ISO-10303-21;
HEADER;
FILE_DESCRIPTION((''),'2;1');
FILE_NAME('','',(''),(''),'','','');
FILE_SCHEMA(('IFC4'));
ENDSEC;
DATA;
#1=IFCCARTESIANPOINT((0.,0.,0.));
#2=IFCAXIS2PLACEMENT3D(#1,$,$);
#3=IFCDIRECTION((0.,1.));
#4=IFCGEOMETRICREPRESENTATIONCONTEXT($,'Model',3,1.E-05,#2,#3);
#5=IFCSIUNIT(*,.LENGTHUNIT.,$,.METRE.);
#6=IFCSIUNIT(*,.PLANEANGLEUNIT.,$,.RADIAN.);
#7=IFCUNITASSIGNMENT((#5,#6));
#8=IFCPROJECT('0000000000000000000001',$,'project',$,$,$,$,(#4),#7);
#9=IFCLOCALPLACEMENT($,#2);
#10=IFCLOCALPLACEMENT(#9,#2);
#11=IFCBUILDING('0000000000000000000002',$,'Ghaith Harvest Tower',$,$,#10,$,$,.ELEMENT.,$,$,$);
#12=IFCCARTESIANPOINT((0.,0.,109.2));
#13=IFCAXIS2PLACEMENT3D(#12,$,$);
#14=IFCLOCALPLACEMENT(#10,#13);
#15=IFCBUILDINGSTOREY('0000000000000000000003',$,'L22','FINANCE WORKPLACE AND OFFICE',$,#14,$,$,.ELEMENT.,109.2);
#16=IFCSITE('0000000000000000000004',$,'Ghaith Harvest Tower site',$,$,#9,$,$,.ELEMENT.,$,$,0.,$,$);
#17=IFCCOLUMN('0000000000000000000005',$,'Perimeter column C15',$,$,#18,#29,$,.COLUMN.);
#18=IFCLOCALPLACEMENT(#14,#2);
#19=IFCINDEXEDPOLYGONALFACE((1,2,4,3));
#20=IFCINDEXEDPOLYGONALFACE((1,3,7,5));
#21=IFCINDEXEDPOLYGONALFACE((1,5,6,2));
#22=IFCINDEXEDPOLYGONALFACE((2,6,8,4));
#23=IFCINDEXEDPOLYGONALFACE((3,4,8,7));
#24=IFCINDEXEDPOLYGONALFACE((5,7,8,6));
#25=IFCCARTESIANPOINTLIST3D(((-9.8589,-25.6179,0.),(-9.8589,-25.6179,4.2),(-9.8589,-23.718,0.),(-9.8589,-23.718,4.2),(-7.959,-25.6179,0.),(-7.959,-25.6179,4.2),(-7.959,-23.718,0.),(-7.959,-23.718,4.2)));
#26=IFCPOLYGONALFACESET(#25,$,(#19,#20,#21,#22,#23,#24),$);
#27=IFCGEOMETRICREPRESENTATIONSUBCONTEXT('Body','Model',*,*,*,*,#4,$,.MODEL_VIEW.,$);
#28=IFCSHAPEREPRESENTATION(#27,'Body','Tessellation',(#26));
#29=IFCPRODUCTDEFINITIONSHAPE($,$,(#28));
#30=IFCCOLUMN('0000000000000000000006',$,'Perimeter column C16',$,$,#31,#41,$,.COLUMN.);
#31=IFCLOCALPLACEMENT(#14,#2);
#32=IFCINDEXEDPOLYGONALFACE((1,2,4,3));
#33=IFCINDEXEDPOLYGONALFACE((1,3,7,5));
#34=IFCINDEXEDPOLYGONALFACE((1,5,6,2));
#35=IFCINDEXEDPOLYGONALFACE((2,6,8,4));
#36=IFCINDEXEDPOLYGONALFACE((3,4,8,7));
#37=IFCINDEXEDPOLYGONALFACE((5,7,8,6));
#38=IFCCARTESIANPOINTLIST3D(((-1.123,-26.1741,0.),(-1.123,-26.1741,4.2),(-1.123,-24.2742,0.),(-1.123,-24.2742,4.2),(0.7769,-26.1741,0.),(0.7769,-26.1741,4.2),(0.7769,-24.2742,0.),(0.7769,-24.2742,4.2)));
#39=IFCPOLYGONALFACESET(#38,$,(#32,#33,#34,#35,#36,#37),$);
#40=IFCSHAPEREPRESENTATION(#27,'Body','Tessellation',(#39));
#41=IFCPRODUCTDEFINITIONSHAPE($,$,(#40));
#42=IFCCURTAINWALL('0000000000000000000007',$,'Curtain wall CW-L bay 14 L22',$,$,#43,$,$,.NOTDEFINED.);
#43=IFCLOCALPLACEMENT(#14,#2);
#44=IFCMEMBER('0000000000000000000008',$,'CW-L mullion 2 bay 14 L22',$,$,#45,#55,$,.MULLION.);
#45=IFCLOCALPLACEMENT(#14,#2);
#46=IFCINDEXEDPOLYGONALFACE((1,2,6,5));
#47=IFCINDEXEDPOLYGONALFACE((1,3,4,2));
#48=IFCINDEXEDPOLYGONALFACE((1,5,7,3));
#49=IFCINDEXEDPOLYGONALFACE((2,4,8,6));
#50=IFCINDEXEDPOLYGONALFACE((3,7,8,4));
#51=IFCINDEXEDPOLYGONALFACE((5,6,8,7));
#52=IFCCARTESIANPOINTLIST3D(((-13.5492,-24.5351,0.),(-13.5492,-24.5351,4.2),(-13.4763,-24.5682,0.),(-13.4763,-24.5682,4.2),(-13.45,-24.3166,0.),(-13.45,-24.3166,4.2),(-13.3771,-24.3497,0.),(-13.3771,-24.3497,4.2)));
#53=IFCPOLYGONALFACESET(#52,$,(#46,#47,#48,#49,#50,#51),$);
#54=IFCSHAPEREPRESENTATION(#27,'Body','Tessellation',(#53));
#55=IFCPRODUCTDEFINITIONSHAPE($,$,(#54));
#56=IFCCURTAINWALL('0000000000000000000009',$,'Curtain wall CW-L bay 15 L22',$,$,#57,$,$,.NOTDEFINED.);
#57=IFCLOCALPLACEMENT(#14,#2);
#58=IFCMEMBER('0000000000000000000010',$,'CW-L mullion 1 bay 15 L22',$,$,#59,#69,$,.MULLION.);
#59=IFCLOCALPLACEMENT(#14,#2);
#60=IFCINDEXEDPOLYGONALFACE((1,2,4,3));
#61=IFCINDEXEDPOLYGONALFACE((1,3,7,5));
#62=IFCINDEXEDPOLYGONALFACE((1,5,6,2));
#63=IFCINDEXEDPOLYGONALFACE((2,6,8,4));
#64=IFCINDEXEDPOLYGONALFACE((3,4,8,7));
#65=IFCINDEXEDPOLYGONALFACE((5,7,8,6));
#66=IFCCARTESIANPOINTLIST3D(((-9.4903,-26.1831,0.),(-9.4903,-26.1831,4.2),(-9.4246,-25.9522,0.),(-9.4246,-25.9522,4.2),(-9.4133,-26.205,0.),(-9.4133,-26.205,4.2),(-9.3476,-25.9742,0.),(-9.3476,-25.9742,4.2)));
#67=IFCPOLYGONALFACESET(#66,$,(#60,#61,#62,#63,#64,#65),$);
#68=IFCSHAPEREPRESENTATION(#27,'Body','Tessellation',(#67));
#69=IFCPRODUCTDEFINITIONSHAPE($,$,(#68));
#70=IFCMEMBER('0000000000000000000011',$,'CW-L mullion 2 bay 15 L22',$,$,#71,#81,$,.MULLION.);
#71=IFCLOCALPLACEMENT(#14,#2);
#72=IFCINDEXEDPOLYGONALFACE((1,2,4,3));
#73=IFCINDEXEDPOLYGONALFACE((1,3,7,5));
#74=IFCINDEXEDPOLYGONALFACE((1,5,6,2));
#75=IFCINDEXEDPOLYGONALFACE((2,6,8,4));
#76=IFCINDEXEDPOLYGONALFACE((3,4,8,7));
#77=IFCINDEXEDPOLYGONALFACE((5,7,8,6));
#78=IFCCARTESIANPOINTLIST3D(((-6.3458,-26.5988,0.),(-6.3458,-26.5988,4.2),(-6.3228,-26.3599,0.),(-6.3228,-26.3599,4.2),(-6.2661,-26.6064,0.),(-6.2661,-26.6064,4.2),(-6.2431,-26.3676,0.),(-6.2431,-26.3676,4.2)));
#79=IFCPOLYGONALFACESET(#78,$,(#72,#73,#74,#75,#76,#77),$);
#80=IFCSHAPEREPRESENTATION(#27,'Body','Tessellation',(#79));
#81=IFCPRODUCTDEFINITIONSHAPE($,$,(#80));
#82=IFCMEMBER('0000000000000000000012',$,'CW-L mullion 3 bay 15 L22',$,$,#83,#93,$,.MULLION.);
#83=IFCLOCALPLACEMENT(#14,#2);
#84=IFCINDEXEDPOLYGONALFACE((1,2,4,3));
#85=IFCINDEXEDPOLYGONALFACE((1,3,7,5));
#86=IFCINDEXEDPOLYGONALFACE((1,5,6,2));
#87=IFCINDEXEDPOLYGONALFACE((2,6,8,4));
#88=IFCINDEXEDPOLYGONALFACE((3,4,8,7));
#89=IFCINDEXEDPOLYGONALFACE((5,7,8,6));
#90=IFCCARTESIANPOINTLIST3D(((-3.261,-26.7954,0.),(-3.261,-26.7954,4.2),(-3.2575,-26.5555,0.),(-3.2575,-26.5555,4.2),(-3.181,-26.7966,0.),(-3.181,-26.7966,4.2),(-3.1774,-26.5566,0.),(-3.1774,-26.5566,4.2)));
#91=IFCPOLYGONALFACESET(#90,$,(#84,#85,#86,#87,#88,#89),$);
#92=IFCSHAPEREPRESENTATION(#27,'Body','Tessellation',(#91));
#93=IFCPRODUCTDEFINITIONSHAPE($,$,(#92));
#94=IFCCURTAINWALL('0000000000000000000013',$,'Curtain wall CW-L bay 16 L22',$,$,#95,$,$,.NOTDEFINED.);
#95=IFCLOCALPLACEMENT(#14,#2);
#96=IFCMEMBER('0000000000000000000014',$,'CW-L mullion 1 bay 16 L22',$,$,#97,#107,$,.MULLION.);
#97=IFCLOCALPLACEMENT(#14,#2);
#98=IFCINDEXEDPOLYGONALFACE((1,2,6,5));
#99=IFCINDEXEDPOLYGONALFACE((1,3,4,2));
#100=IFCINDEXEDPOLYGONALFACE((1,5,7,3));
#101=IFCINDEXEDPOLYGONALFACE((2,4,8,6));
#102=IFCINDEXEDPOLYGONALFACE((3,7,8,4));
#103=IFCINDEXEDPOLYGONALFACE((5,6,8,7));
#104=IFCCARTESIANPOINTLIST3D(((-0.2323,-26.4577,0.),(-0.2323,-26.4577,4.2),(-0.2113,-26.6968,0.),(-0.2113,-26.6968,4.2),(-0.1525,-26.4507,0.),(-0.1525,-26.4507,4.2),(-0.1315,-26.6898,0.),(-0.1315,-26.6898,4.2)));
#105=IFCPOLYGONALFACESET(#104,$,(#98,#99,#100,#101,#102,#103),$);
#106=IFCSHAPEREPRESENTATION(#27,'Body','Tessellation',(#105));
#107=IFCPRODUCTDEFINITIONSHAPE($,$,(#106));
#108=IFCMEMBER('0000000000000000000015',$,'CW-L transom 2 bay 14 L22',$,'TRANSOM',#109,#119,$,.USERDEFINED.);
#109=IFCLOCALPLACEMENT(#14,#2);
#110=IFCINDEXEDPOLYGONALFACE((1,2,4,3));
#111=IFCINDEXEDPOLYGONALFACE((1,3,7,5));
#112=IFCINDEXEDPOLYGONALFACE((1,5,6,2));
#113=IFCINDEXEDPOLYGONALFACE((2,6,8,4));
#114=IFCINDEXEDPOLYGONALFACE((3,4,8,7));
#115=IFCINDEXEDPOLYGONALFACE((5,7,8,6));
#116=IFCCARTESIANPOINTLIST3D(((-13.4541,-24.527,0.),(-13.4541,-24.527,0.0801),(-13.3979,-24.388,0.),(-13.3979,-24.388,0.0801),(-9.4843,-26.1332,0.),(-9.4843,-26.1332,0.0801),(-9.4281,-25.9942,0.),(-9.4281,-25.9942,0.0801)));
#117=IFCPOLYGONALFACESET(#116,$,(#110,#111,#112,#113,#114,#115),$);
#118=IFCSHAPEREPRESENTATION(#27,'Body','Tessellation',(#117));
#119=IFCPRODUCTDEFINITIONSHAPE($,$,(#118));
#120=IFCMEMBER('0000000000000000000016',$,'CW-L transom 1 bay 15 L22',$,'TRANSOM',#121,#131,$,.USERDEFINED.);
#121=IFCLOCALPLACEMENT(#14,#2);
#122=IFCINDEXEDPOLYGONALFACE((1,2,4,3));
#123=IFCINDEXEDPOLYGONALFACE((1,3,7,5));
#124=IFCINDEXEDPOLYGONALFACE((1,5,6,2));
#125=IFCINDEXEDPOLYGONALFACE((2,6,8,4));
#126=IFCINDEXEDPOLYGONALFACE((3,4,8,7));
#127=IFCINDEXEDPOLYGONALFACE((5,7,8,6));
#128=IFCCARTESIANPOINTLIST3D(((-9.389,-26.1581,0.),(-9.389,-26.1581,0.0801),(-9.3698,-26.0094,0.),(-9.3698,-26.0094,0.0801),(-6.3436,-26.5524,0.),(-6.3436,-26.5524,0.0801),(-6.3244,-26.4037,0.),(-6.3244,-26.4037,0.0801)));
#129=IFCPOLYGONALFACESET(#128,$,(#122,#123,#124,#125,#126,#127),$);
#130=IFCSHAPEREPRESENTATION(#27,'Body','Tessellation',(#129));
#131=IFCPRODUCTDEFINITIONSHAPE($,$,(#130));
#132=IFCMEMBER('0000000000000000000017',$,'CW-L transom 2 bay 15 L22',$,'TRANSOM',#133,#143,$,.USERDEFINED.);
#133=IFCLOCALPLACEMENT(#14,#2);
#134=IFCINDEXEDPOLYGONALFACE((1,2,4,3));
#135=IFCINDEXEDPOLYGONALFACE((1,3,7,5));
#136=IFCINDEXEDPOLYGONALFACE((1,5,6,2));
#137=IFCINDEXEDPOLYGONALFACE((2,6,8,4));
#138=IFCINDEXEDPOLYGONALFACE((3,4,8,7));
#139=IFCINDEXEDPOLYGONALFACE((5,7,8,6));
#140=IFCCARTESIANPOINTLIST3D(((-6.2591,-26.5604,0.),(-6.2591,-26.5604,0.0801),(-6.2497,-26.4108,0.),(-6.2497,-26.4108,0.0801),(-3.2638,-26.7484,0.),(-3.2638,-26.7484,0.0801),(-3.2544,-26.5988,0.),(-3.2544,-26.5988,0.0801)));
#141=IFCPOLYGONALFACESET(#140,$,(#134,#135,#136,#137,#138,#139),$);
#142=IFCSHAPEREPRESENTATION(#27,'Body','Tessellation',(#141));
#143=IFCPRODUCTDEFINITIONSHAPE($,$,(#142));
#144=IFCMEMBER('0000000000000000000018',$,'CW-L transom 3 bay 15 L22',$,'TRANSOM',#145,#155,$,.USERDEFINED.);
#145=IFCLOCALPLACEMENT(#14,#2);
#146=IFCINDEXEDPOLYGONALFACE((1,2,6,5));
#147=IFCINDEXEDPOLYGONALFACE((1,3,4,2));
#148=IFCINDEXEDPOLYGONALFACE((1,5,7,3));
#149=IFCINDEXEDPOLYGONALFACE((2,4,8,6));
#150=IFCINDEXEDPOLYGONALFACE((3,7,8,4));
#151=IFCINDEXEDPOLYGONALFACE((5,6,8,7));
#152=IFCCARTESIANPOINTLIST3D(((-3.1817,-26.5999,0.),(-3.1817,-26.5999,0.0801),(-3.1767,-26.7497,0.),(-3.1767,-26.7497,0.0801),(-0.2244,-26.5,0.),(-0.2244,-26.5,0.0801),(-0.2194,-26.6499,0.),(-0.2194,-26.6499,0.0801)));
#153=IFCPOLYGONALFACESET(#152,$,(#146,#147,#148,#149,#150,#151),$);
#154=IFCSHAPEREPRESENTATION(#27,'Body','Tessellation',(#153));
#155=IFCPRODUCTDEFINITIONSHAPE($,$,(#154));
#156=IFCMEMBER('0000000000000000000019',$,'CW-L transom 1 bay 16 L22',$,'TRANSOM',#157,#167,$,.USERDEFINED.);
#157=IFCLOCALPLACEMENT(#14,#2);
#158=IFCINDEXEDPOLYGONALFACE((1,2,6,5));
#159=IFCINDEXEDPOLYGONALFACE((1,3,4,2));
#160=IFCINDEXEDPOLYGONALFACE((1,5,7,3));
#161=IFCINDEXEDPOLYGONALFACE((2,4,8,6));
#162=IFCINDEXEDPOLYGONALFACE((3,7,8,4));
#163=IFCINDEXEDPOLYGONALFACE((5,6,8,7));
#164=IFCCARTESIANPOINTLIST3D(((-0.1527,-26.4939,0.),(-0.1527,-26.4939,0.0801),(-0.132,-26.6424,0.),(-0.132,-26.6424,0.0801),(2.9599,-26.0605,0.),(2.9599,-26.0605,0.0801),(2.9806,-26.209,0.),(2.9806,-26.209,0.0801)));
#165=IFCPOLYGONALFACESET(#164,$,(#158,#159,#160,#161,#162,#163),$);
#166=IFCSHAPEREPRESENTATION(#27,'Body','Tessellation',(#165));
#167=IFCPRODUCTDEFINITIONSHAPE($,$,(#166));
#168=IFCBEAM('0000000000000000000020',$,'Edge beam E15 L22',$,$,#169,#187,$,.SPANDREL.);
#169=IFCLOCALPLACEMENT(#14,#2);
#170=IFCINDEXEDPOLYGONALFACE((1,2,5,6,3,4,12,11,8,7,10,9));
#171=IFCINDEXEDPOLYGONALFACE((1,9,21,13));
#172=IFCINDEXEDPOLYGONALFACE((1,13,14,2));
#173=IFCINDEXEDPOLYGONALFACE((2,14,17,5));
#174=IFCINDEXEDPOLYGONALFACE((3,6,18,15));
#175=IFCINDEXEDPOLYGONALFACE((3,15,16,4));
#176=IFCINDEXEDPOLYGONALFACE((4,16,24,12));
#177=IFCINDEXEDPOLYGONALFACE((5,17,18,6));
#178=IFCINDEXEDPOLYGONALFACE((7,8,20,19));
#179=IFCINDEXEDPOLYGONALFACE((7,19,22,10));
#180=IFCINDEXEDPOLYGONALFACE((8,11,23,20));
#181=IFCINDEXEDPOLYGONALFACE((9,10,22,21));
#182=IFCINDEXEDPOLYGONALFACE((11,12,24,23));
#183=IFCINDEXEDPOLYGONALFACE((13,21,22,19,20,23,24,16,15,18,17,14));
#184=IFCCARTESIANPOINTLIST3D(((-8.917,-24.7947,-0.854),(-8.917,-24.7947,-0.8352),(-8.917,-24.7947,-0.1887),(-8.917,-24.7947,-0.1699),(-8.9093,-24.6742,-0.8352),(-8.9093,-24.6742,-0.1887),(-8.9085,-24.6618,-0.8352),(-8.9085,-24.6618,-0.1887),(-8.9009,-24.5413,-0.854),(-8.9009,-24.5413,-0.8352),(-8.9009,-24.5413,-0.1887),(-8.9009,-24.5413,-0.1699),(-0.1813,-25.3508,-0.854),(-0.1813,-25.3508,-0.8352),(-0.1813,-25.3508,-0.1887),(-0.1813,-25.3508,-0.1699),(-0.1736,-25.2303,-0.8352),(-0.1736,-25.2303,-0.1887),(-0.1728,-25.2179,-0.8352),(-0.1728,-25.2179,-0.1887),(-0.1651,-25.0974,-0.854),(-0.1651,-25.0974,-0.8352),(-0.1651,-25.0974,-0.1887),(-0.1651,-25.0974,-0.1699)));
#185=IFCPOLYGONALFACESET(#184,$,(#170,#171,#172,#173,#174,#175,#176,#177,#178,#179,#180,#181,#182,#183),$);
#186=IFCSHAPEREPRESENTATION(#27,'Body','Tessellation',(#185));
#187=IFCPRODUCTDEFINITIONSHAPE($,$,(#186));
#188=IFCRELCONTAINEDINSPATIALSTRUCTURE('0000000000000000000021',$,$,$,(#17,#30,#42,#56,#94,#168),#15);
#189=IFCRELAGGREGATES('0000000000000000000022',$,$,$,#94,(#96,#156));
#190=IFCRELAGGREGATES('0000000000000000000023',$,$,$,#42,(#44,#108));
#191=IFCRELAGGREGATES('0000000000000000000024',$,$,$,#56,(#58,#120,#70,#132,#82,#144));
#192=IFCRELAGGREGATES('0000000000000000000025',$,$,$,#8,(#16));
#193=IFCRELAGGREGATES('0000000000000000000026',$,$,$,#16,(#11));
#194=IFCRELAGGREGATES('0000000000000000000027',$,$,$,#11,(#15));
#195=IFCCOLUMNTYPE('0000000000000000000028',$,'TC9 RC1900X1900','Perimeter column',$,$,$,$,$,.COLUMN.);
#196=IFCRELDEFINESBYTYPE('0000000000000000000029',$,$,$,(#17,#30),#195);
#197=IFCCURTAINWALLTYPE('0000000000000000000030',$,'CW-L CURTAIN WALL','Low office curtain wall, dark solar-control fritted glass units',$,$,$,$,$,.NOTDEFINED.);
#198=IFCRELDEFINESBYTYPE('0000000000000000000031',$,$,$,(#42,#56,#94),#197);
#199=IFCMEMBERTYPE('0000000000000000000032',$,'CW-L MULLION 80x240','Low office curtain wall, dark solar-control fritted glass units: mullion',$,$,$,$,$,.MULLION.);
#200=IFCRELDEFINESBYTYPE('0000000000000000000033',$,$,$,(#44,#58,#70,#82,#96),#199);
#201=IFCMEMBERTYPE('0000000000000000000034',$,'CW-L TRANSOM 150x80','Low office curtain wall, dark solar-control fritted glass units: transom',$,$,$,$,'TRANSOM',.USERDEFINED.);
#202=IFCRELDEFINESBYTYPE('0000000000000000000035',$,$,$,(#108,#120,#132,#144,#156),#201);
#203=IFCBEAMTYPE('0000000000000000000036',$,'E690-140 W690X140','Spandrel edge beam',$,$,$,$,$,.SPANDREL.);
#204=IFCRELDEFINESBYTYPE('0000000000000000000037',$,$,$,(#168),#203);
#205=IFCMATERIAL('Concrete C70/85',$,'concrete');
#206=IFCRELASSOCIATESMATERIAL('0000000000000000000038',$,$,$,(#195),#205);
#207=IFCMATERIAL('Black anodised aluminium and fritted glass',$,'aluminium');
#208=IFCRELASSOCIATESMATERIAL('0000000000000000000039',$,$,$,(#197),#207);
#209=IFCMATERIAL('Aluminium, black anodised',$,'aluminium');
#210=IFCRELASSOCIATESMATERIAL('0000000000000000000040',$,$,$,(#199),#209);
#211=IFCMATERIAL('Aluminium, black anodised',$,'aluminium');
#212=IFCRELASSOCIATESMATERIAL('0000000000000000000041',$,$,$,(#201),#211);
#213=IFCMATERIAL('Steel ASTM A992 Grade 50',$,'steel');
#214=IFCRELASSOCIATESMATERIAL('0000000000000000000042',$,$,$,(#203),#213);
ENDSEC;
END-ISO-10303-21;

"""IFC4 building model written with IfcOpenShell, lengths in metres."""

from ifc_helpers import new_model, si_unit, direction, frame, origin, origin_2d, place, context, subcontext, project, spatial, rectangle, i_section, extrude, material, material_profile, profile_set, type_object, element, aggregate, save


model = new_model("IFC4")

# Units and contexts
model_context = context("Model", 3, precision=1e-05, world=origin(), true_north=direction((0.0, 1.0)))
body_context = subcontext(model_context, "Body", "Model", "MODEL_VIEW")
ifc_project = project(units=[si_unit("LENGTHUNIT", "METRE"), si_unit("PLANEANGLEUNIT", "RADIAN")], contexts=[model_context])

# Site, building, storey
site_placement = place(None, origin())
site = spatial("IfcSite", under=ifc_project, at=site_placement, Name="Ghaith Harvest Tower site", CompositionType="ELEMENT", RefElevation=0.0)
building_placement = place(site_placement, origin())
building = spatial("IfcBuilding", under=site, at=building_placement, Name="Ghaith Harvest Tower", CompositionType="ELEMENT")
storey_placement = place(building_placement, frame((0.0, 0.0, 109.2)))
storey = spatial("IfcBuildingStorey", under=building, at=storey_placement, Name="L22", Description="FINANCE WORKPLACE AND OFFICE", CompositionType="ELEMENT", Elevation=109.2)

# Columns
ifc_material_1 = material(Name="Concrete C70/85", Category="concrete")
ifc_material_profile_1 = material_profile(ifc_material_1, rectangle(XDim=1.8999, YDim=1.8999, at=origin_2d()), Name="RC1900X1900")
ifc_profile_set_1 = profile_set([ifc_material_profile_1], Name="Concrete C70/85")
column_type = type_object("IfcColumnType", Name="TC9 RC1900X1900", Description="Perimeter column", PredefinedType="COLUMN", material=ifc_profile_set_1)
for number, where, z_axis, x_axis, name in (
    (1, (-8.9089, -24.668, 0.0), (0.0, 0.0, 1.0), (1.0, 0.0, 0.0), "Perimeter column C15"),
    (2, (-0.1731, -25.2241, 0.0), (0.0, 0.0, 1.0), (1.0, 0.0, 0.0), "Perimeter column C16"),
):
    element("IfcColumn", number, at=place(storey_placement, frame(where, z_axis=z_axis, x_axis=x_axis)), inside=storey, type_object=column_type, Name=name, PredefinedType="COLUMN", context=body_context, shape_type="SweptSolid", body=[
        extrude(rectangle(XDim=1.8999, YDim=1.8999, at=origin_2d()), origin(), (0.0, 0.0, 1.0), 4.2),
    ])

# Curtain wall, member
ifc_material_2 = material(Name="Black anodised aluminium and fritted glass", Category="aluminium")
curtain_wall_type = type_object("IfcCurtainWallType", Name="CW-L CURTAIN WALL", Description="Low office curtain wall, dark solar-control fritted glass units", PredefinedType="NOTDEFINED", material=ifc_material_2)
curtain_wall_1_placement = place(storey_placement, origin())
curtain_wall_1 = element("IfcCurtainWall", 3, at=curtain_wall_1_placement, inside=storey, type_object=curtain_wall_type, Name="Curtain wall CW-L bay 14 L22", PredefinedType="NOTDEFINED")
ifc_material_3 = material(Name="Aluminium, black anodised", Category="aluminium")
ifc_material_profile_2 = material_profile(ifc_material_3, rectangle(XDim=0.0801, YDim=0.24, at=origin_2d()), Name="CW-L MULLION 80x240")
ifc_profile_set_2 = profile_set([ifc_material_profile_2], Name="Aluminium, black anodised")
member_type_1 = type_object("IfcMemberType", Name="CW-L MULLION 80x240", Description="Low office curtain wall, dark solar-control fritted glass units: mullion", PredefinedType="MULLION", material=ifc_profile_set_2)
member_1_placement = place(storey_placement, frame((-13.4631, -24.4424, 0.0), z_axis=(0.0, 0.0, 1.0), x_axis=(0.910648, -0.413183, 0.0)))
member_1 = element("IfcMember", 4, at=member_1_placement, type_object=member_type_1, Name="CW-L mullion 2 bay 14 L22", PredefinedType="MULLION", context=body_context, shape_type="SweptSolid", body=[
    extrude(rectangle(XDim=0.0801, YDim=0.24, at=origin_2d()), origin(), (0.0, 0.0, 1.0), 4.2),
])

# Curtain wall, members
curtain_wall_2_placement = place(storey_placement, origin())
curtain_wall_2 = element("IfcCurtainWall", 5, at=curtain_wall_2_placement, inside=storey, type_object=curtain_wall_type, Name="Curtain wall CW-L bay 15 L22", PredefinedType="NOTDEFINED")
member_2_placement = place(storey_placement, frame((-9.4189, -26.0786, 0.0), z_axis=(0.0, 0.0, 1.0), x_axis=(0.961789, -0.273793, 0.0)))
member_2 = element("IfcMember", 6, at=member_2_placement, type_object=member_type_1, Name="CW-L mullion 1 bay 15 L22", PredefinedType="MULLION", context=body_context, shape_type="SweptSolid", body=[
    extrude(rectangle(XDim=0.0801, YDim=0.24, at=origin_2d()), origin(), (0.0, 0.0, 1.0), 4.2),
])
member_3_placement = place(storey_placement, frame((-6.2944, -26.4832, 0.0), z_axis=(0.0, 0.0, 1.0), x_axis=(0.995389, -0.095918, 0.0)))
member_3 = element("IfcMember", 7, at=member_3_placement, type_object=member_type_1, Name="CW-L mullion 2 bay 15 L22", PredefinedType="MULLION", context=body_context, shape_type="SweptSolid", body=[
    extrude(rectangle(XDim=0.0801, YDim=0.24, at=origin_2d()), origin(), (0.0, 0.0, 1.0), 4.2),
])
member_4_placement = place(storey_placement, frame((-3.2192, -26.676, 0.0), z_axis=(0.0, 0.0, 1.0), x_axis=(0.999891, -0.014796, 0.0)))
member_4 = element("IfcMember", 8, at=member_4_placement, type_object=member_type_1, Name="CW-L mullion 3 bay 15 L22", PredefinedType="MULLION", context=body_context, shape_type="SweptSolid", body=[
    extrude(rectangle(XDim=0.0801, YDim=0.24, at=origin_2d()), origin(), (0.0, 0.0, 1.0), 4.2),
])

# Curtain wall, member
curtain_wall_3_placement = place(storey_placement, origin())
curtain_wall_3 = element("IfcCurtainWall", 9, at=curtain_wall_3_placement, inside=storey, type_object=curtain_wall_type, Name="Curtain wall CW-L bay 16 L22", PredefinedType="NOTDEFINED")
member_5_placement = place(storey_placement, frame((-0.1819, -26.5737, 0.0), z_axis=(0.0, 0.0, 1.0), x_axis=(0.996169, 0.087446, 0.0)))
member_5 = element("IfcMember", 10, at=member_5_placement, type_object=member_type_1, Name="CW-L mullion 1 bay 16 L22", PredefinedType="MULLION", context=body_context, shape_type="SweptSolid", body=[
    extrude(rectangle(XDim=0.0801, YDim=0.24, at=origin_2d()), origin(), (0.0, 0.0, 1.0), 4.2),
])

# Members
ifc_material_4 = material(Name="Aluminium, black anodised", Category="aluminium")
ifc_material_profile_3 = material_profile(ifc_material_4, rectangle(XDim=0.1499, YDim=0.0801, at=origin_2d()), Name="CW-L TRANSOM 150x80")
ifc_profile_set_3 = profile_set([ifc_material_profile_3], Name="Aluminium, black anodised")
member_type_2 = type_object("IfcMemberType", Name="CW-L TRANSOM 150x80", Description="Low office curtain wall, dark solar-control fritted glass units: transom", ElementType="TRANSOM", PredefinedType="USERDEFINED", material=ifc_profile_set_3)
member_6_placement = place(storey_placement, frame((-13.426, -24.4575, 0.04), z_axis=(0.927003, -0.375054, 0.0), x_axis=(0.375054, 0.927003, 0.0)))
member_6 = element("IfcMember", 11, at=member_6_placement, type_object=member_type_2, Name="CW-L transom 2 bay 14 L22", ObjectType="TRANSOM", PredefinedType="USERDEFINED", context=body_context, shape_type="SweptSolid", body=[
    extrude(rectangle(XDim=0.1499, YDim=0.0801, at=origin_2d()), origin(), (0.0, 0.0, 1.0), 4.2825),
])
member_7_placement = place(storey_placement, frame((-9.3794, -26.0837, 0.04), z_axis=(0.991723, -0.128398, 0.0), x_axis=(0.128398, 0.991723, 0.0)))
member_7 = element("IfcMember", 12, at=member_7_placement, type_object=member_type_2, Name="CW-L transom 1 bay 15 L22", ObjectType="TRANSOM", PredefinedType="USERDEFINED", context=body_context, shape_type="SweptSolid", body=[
    extrude(rectangle(XDim=0.1499, YDim=0.0801, at=origin_2d()), origin(), (0.0, 0.0, 1.0), 3.0708),
])
member_8_placement = place(storey_placement, frame((-6.2544, -26.4856, 0.04), z_axis=(0.998036, -0.062637, 0.0), x_axis=(0.062637, 0.998036, 0.0)))
member_8 = element("IfcMember", 13, at=member_8_placement, type_object=member_type_2, Name="CW-L transom 2 bay 15 L22", ObjectType="TRANSOM", PredefinedType="USERDEFINED", context=body_context, shape_type="SweptSolid", body=[
    extrude(rectangle(XDim=0.1499, YDim=0.0801, at=origin_2d()), origin(), (0.0, 0.0, 1.0), 3.0012),
])
member_9_placement = place(storey_placement, frame((-3.1792, -26.6748, 0.04), z_axis=(0.99943, 0.033746, 0.0), x_axis=(-0.033746, 0.99943, 0.0)))
member_9 = element("IfcMember", 14, at=member_9_placement, type_object=member_type_2, Name="CW-L transom 3 bay 15 L22", ObjectType="TRANSOM", PredefinedType="USERDEFINED", context=body_context, shape_type="SweptSolid", body=[
    extrude(rectangle(XDim=0.1499, YDim=0.0801, at=origin_2d()), origin(), (0.0, 0.0, 1.0), 2.959),
])
member_10_placement = place(storey_placement, frame((-0.1423, -26.5681, 0.04), z_axis=(0.990447, 0.137897, 0.0), x_axis=(-0.137897, 0.990447, 0.0)))
member_10 = element("IfcMember", 15, at=member_10_placement, type_object=member_type_2, Name="CW-L transom 1 bay 16 L22", ObjectType="TRANSOM", PredefinedType="USERDEFINED", context=body_context, shape_type="SweptSolid", body=[
    extrude(rectangle(XDim=0.1499, YDim=0.0801, at=origin_2d()), origin(), (0.0, 0.0, 1.0), 3.1426),
])
aggregate(curtain_wall_3, [member_5, member_10])

# Beam
ifc_material_5 = material(Name="Steel ASTM A992 Grade 50", Category="steel")
ifc_material_profile_4 = material_profile(ifc_material_5, i_section(OverallWidth=0.2539, OverallDepth=0.6841, WebThickness=0.0125, FlangeThickness=0.0188, at=origin_2d()), Name="W690X140")
ifc_profile_set_4 = profile_set([ifc_material_profile_4], Name="Steel ASTM A992 Grade 50")
beam_type = type_object("IfcBeamType", Name="E690-140 W690X140", Description="Spandrel edge beam", PredefinedType="SPANDREL", material=ifc_profile_set_4)
beam_1_placement = place(storey_placement, frame((-8.9089, -24.668, -0.512), z_axis=(0.99798, -0.063535, 0.0), x_axis=(0.063535, 0.99798, 0.0)))
element("IfcBeam", 16, at=beam_1_placement, inside=storey, type_object=beam_type, Name="Edge beam E15 L22", PredefinedType="SPANDREL", context=body_context, shape_type="SweptSolid", body=[
    extrude(i_section(OverallWidth=0.2539, OverallDepth=0.6841, WebThickness=0.0125, FlangeThickness=0.0188, at=origin_2d()), origin(), (0.0, 0.0, 1.0), 8.7534),
])

aggregate(curtain_wall_1, [member_1, member_6])
aggregate(curtain_wall_2, [member_2, member_7, member_3, member_8, member_4, member_9])

save(model, "model.ifc")
